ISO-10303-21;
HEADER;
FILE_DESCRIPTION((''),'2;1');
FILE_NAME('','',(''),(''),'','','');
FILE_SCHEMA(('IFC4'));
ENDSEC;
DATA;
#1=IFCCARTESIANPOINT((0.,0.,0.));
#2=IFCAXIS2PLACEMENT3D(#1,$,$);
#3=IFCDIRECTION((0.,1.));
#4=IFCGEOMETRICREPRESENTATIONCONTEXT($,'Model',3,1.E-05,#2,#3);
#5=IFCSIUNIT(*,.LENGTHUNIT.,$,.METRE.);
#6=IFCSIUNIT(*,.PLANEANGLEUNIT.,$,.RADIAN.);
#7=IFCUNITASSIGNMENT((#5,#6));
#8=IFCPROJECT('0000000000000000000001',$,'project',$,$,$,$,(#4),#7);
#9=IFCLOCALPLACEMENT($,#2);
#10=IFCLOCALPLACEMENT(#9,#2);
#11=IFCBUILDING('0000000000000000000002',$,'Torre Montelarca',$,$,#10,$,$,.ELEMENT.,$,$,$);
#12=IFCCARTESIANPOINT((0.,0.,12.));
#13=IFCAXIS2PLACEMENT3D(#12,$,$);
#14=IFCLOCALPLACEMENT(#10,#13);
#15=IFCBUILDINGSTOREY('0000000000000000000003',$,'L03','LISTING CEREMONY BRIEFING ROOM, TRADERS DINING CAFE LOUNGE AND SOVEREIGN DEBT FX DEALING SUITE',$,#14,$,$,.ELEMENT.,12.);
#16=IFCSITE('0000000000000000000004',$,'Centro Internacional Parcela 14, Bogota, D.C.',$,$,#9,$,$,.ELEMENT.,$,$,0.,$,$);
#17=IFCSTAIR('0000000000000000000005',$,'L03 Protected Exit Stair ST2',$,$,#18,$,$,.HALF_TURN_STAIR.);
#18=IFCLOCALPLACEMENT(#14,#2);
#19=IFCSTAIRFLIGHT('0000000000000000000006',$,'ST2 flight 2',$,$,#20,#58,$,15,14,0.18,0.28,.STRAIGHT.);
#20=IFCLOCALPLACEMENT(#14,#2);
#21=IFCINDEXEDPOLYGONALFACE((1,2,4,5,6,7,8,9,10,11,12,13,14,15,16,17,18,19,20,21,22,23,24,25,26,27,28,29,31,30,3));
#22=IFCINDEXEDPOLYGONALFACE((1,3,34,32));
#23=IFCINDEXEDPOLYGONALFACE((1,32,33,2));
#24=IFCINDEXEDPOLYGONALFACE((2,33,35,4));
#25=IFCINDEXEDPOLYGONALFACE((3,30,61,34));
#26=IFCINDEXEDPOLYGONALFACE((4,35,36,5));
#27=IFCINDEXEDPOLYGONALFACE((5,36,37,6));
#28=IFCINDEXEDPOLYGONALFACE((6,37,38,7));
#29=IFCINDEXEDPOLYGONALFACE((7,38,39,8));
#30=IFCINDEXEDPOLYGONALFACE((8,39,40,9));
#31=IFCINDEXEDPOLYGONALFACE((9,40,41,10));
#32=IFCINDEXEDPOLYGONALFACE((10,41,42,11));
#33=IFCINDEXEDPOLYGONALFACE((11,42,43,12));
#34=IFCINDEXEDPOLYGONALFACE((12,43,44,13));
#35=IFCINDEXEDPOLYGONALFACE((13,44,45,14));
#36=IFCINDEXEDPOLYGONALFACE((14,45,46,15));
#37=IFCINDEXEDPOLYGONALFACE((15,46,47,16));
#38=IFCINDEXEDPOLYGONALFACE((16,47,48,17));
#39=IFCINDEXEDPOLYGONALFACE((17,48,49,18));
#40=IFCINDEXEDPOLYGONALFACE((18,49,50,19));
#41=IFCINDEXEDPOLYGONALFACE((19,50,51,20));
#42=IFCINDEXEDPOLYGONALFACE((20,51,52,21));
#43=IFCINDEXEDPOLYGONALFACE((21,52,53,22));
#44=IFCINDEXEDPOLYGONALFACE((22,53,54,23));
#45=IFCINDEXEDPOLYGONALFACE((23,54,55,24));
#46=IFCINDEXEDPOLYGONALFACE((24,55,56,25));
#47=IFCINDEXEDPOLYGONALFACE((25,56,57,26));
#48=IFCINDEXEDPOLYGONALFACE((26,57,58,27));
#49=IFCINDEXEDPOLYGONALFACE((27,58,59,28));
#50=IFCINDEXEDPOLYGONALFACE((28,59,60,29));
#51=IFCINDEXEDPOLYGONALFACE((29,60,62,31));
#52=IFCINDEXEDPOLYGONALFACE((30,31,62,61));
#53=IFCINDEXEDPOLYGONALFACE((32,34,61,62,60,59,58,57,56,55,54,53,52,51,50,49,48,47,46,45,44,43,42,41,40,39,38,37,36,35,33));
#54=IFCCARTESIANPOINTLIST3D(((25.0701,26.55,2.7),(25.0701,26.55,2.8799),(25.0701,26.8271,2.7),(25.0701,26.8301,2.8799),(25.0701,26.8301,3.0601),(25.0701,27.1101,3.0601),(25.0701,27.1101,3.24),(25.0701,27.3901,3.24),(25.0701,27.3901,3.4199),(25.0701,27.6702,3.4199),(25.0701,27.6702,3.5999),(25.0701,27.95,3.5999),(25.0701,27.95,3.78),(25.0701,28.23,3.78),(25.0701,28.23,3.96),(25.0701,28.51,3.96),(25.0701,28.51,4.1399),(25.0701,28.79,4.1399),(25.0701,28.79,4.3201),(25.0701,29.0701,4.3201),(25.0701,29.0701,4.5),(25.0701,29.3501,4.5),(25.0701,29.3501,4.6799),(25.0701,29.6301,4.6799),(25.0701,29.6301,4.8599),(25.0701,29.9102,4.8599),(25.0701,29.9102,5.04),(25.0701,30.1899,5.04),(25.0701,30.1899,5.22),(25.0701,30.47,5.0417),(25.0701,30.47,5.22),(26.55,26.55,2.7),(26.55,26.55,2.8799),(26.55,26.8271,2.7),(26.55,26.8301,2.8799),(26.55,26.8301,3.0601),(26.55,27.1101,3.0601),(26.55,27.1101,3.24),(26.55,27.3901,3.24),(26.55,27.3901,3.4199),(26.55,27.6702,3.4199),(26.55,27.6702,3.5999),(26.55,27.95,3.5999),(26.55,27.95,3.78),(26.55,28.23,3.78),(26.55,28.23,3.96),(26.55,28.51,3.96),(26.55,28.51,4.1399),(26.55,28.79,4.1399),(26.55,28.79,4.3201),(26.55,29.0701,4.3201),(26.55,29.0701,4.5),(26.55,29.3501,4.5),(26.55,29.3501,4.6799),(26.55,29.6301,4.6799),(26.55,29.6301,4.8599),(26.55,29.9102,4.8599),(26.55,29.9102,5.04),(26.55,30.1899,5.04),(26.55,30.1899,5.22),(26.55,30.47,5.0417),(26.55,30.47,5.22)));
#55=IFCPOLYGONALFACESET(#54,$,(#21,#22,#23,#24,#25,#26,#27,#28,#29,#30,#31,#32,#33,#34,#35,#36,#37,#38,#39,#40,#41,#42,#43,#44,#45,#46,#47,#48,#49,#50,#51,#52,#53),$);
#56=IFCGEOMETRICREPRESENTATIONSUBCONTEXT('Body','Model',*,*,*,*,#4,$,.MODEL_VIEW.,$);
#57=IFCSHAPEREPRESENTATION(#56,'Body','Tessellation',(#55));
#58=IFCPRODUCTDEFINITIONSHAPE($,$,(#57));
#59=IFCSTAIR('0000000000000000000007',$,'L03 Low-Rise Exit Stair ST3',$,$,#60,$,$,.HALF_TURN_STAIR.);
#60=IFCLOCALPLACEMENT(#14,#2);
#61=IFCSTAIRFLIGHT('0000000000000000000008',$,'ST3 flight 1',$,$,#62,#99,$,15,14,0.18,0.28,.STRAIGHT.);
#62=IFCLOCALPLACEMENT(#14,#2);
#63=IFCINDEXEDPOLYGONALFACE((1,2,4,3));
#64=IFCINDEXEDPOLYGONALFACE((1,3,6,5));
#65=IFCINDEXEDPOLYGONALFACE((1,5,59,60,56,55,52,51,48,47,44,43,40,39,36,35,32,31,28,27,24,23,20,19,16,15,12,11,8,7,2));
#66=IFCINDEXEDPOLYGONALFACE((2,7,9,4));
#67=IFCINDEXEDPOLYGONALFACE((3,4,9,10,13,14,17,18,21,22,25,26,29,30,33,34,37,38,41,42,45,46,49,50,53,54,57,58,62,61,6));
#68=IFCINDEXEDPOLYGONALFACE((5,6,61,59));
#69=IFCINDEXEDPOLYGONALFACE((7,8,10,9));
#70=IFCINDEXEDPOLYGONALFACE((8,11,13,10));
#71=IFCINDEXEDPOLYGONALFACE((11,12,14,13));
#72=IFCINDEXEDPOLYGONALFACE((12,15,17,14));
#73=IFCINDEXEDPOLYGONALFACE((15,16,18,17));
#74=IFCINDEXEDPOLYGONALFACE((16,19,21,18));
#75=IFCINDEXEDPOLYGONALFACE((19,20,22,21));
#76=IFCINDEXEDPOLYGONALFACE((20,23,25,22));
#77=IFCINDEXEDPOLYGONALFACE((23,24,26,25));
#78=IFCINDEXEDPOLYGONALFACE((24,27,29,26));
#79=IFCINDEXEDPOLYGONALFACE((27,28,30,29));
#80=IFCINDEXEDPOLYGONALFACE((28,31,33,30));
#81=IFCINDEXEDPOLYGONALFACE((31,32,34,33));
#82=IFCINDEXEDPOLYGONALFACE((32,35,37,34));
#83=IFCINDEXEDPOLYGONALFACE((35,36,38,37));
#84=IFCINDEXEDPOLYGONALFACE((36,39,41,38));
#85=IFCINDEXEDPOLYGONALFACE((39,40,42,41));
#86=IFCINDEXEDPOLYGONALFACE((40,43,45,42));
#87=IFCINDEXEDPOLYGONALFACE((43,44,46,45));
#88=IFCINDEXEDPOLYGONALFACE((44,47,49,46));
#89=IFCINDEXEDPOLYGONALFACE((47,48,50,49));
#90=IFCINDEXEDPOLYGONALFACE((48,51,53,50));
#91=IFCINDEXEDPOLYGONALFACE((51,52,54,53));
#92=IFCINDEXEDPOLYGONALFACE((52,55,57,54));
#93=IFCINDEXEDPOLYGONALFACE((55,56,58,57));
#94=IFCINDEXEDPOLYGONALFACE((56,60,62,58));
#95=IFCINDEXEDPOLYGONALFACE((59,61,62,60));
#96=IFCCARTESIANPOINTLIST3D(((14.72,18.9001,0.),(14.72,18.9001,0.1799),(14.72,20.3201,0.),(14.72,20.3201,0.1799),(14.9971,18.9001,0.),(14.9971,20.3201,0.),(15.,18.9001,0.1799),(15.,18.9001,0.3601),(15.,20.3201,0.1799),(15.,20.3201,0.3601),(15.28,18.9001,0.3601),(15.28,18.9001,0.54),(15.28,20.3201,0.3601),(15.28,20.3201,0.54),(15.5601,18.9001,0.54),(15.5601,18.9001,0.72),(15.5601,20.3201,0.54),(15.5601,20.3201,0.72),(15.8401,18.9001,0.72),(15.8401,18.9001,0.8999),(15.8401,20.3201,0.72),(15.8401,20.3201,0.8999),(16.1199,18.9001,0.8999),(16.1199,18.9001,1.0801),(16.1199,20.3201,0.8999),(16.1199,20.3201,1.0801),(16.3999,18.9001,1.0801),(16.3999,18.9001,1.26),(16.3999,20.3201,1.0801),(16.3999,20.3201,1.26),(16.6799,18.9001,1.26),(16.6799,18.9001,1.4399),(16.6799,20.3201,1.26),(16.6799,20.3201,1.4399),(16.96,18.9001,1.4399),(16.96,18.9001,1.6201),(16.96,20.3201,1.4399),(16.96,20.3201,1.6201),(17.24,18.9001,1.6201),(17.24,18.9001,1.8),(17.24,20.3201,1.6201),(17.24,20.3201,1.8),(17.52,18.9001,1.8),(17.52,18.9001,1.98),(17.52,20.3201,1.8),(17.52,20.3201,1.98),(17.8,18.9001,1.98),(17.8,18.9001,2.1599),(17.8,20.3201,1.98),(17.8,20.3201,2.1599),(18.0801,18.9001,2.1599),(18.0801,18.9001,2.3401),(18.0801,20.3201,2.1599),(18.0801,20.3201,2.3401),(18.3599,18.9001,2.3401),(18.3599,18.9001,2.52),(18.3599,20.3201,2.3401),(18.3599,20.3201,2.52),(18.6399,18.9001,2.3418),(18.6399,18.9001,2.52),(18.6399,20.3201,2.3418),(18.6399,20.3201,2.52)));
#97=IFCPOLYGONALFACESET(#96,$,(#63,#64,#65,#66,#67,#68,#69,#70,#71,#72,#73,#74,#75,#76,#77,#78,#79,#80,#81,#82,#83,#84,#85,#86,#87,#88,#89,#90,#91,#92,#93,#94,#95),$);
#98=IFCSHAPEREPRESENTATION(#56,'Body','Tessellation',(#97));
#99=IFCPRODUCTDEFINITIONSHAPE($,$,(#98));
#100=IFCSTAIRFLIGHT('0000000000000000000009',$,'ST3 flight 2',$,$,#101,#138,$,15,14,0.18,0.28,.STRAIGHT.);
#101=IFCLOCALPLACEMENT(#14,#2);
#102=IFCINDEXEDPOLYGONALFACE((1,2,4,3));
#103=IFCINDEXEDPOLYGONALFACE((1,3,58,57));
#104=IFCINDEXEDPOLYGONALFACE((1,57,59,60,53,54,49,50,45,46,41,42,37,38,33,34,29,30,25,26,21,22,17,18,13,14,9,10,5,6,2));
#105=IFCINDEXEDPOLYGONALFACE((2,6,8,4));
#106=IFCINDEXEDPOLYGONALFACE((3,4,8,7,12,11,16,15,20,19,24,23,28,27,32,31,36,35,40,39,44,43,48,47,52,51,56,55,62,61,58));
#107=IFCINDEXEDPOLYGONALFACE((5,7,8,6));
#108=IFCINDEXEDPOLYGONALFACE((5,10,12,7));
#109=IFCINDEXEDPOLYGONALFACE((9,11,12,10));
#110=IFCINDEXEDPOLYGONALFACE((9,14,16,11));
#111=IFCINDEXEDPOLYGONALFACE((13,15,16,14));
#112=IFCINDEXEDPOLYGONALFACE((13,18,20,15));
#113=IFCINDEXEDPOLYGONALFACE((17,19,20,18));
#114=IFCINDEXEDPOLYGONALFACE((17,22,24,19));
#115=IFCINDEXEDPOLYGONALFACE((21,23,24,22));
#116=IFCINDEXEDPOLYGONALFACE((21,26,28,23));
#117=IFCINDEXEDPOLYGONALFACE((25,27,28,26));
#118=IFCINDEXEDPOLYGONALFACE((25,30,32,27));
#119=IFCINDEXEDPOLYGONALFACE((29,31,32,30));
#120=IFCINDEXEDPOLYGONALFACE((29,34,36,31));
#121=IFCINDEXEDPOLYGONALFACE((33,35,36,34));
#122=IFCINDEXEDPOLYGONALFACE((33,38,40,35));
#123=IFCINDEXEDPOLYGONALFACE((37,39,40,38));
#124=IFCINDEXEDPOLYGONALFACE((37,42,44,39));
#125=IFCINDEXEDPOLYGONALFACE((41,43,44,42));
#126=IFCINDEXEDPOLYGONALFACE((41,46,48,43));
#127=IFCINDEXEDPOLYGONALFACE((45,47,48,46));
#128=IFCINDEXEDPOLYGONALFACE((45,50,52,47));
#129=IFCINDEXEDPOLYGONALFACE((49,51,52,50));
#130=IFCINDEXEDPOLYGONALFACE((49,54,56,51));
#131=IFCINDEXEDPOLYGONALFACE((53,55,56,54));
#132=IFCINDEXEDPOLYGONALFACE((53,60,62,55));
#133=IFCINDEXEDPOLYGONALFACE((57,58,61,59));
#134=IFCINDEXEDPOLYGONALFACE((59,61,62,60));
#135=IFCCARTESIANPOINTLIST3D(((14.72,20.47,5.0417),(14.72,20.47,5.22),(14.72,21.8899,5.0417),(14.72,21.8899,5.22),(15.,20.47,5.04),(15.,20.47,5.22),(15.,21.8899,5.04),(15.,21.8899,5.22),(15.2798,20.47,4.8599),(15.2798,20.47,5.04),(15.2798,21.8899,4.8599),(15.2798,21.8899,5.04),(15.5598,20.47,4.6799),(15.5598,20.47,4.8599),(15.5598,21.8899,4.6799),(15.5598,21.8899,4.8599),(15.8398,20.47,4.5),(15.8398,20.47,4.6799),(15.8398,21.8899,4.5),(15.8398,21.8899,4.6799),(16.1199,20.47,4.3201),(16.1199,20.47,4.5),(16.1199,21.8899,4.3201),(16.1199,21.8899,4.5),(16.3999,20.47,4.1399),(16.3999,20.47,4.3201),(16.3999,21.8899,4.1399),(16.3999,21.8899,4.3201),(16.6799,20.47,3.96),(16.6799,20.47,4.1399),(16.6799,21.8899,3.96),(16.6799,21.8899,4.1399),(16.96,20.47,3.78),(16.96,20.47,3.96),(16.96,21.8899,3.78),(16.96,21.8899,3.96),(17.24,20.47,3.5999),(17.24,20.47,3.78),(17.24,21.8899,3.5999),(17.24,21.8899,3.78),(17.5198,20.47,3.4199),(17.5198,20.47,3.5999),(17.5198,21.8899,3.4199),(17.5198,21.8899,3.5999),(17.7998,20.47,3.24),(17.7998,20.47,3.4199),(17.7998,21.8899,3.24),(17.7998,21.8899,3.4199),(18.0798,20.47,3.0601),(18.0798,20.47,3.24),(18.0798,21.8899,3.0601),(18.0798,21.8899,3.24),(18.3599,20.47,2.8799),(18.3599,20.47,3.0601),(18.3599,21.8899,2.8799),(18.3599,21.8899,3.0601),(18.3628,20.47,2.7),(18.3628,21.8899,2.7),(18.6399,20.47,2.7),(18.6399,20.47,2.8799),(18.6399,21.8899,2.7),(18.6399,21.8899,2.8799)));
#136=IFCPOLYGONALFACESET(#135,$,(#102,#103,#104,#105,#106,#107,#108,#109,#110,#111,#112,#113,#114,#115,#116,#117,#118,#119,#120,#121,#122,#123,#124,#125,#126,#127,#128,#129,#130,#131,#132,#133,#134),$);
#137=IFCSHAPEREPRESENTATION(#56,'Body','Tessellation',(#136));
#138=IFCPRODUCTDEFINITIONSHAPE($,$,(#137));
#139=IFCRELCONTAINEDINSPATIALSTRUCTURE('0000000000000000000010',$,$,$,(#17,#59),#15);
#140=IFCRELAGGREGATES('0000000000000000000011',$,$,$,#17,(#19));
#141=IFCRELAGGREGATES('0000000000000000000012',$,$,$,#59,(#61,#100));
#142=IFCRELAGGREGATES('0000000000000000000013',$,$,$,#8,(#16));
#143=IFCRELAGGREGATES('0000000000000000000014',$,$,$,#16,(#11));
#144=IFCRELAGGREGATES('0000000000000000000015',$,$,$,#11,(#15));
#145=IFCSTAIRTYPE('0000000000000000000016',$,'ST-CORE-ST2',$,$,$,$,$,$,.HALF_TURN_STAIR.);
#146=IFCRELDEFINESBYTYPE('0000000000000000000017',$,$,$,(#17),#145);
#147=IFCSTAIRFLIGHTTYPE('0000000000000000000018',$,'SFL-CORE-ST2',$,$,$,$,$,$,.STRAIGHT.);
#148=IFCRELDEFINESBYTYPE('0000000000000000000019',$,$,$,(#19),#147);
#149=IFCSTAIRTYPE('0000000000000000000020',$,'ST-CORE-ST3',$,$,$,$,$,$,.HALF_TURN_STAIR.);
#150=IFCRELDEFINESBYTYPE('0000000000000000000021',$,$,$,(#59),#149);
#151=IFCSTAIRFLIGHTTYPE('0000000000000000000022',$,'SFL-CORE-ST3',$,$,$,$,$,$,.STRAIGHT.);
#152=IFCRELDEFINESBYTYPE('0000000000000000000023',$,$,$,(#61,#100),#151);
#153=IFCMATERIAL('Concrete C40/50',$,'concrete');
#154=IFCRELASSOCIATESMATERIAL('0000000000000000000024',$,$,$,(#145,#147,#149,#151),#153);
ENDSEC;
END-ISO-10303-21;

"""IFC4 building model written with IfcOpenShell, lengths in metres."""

from ifc_helpers import new_model, si_unit, direction, frame, origin, place, context, subcontext, project, spatial, polyline, outline, extrude, material, type_object, element, aggregate, save


model = new_model("IFC4")

# Units and contexts
model_context = context("Model", 3, precision=1e-05, world=origin(), true_north=direction((0.0, 1.0)))
body_context = subcontext(model_context, "Body", "Model", "MODEL_VIEW")
ifc_project = project(units=[si_unit("LENGTHUNIT", "METRE"), si_unit("PLANEANGLEUNIT", "RADIAN")], contexts=[model_context])

# Site, building, storey
site_placement = place(None, origin())
site = spatial("IfcSite", under=ifc_project, at=site_placement, Name="Centro Internacional Parcela 14, Bogota, D.C.", CompositionType="ELEMENT", RefElevation=0.0)
building_placement = place(site_placement, origin())
building = spatial("IfcBuilding", under=site, at=building_placement, Name="Torre Montelarca", CompositionType="ELEMENT")
storey_placement = place(building_placement, frame((0.0, 0.0, 12.0)))
storey = spatial("IfcBuildingStorey", under=building, at=storey_placement, Name="L03", Description="LISTING CEREMONY BRIEFING ROOM, TRADERS DINING CAFE LOUNGE AND SOVEREIGN DEBT FX DEALING SUITE", CompositionType="ELEMENT", Elevation=12.0)

# Shared definitions
ifc_material_1 = material(Name="Concrete C40/50", Category="concrete")

# Stair, stair flight
stair_type_1 = type_object("IfcStairType", Name="ST-CORE-ST2", PredefinedType="HALF_TURN_STAIR", material=ifc_material_1)
stair_1_placement = place(storey_placement, origin())
stair_1 = element("IfcStair", 1, at=stair_1_placement, inside=storey, type_object=stair_type_1, Name="L03 Protected Exit Stair ST2", PredefinedType="HALF_TURN_STAIR")
stair_flight_type_1 = type_object("IfcStairFlightType", Name="SFL-CORE-ST2", PredefinedType="STRAIGHT", material=ifc_material_1)
stair_flight_1_placement = place(storey_placement, frame((25.8101, 26.55, 2.7), z_axis=(0.0, 0.0, 1.0), x_axis=(0.0, 1.0, 0.0)))
stair_flight_1 = element("IfcStairFlight", 2, at=stair_flight_1_placement, type_object=stair_flight_type_1, Name="ST2 flight 2", NumberOfRisers=15, NumberOfTreads=14, PredefinedType="STRAIGHT", RiserHeight=0.18, TreadLength=0.28, context=body_context, shape_type="SweptSolid", body=[
    extrude(outline(polyline([(0.0, 0.0), (0.0, 0.1799), (0.28, 0.1799), (0.28, 0.3601), (0.5601, 0.3601), (0.5601, 0.54), (0.8401, 0.54), (0.8401, 0.72), (1.1201, 0.72), (1.1201, 0.8999), (1.3999, 0.8999), (1.3999, 1.0801), (1.6799, 1.0801), (1.6799, 1.26), (1.96, 1.26), (1.96, 1.4399), (2.24, 1.4399), (2.24, 1.6201), (2.52, 1.6201), (2.52, 1.8), (2.8, 1.8), (2.8, 1.98), (3.0801, 1.98), (3.0801, 2.1599), (3.3601, 2.1599), (3.3601, 2.3401), (3.6399, 2.3401), (3.6399, 2.52), (3.9199, 2.52), (3.9199, 2.7), (3.9199, 2.3418), (0.2771, 0.0), (0.0, 0.0)])), frame((0.0, 0.74, 0.0), z_axis=(0.0, -1.0, 0.0), x_axis=(1.0, 0.0, 0.0)), (0.0, 0.0, 1.0), 1.48),
])
aggregate(stair_1, [stair_flight_1])

# Stair, stair flights
stair_type_2 = type_object("IfcStairType", Name="ST-CORE-ST3", PredefinedType="HALF_TURN_STAIR", material=ifc_material_1)
stair_2_placement = place(storey_placement, origin())
stair_2 = element("IfcStair", 3, at=stair_2_placement, inside=storey, type_object=stair_type_2, Name="L03 Low-Rise Exit Stair ST3", PredefinedType="HALF_TURN_STAIR")
stair_flight_type_2 = type_object("IfcStairFlightType", Name="SFL-CORE-ST3", PredefinedType="STRAIGHT", material=ifc_material_1)
stair_flight_2_placement = place(storey_placement, frame((14.72, 19.6101, 0.0), z_axis=(0.0, 0.0, 1.0), x_axis=(1.0, 0.0, 0.0)))
stair_flight_2 = element("IfcStairFlight", 4, at=stair_flight_2_placement, type_object=stair_flight_type_2, Name="ST3 flight 1", NumberOfRisers=15, NumberOfTreads=14, PredefinedType="STRAIGHT", RiserHeight=0.18, TreadLength=0.28, context=body_context, shape_type="SweptSolid", body=[
    extrude(outline(polyline([(0.0, 0.0), (0.0, 0.1799), (0.28, 0.1799), (0.28, 0.3601), (0.5601, 0.3601), (0.5601, 0.54), (0.8401, 0.54), (0.8401, 0.72), (1.1201, 0.72), (1.1201, 0.8999), (1.3999, 0.8999), (1.3999, 1.0801), (1.6799, 1.0801), (1.6799, 1.26), (1.96, 1.26), (1.96, 1.4399), (2.24, 1.4399), (2.24, 1.6201), (2.52, 1.6201), (2.52, 1.8), (2.8, 1.8), (2.8, 1.98), (3.0801, 1.98), (3.0801, 2.1599), (3.3601, 2.1599), (3.3601, 2.3401), (3.6399, 2.3401), (3.6399, 2.52), (3.9199, 2.52), (3.9199, 2.7), (3.9199, 2.3418), (0.2771, 0.0), (0.0, 0.0)])), frame((0.0, 0.71, 0.0), z_axis=(0.0, -1.0, 0.0), x_axis=(1.0, 0.0, 0.0)), (0.0, 0.0, 1.0), 1.4199),
])
stair_flight_3_placement = place(storey_placement, frame((18.6399, 21.1799, 2.7), z_axis=(0.0, 0.0, 1.0), x_axis=(-1.0, 0.0, 0.0)))
stair_flight_3 = element("IfcStairFlight", 5, at=stair_flight_3_placement, type_object=stair_flight_type_2, Name="ST3 flight 2", NumberOfRisers=15, NumberOfTreads=14, PredefinedType="STRAIGHT", RiserHeight=0.18, TreadLength=0.28, context=body_context, shape_type="SweptSolid", body=[
    extrude(outline(polyline([(0.0, 0.0), (0.0, 0.1799), (0.28, 0.1799), (0.28, 0.3601), (0.5601, 0.3601), (0.5601, 0.54), (0.8401, 0.54), (0.8401, 0.72), (1.1201, 0.72), (1.1201, 0.8999), (1.3999, 0.8999), (1.3999, 1.0801), (1.6799, 1.0801), (1.6799, 1.26), (1.96, 1.26), (1.96, 1.4399), (2.24, 1.4399), (2.24, 1.6201), (2.52, 1.6201), (2.52, 1.8), (2.8, 1.8), (2.8, 1.98), (3.0801, 1.98), (3.0801, 2.1599), (3.3601, 2.1599), (3.3601, 2.3401), (3.6399, 2.3401), (3.6399, 2.52), (3.9199, 2.52), (3.9199, 2.7), (3.9199, 2.3418), (0.2771, 0.0), (0.0, 0.0)])), frame((0.0, 0.71, 0.0), z_axis=(0.0, -1.0, 0.0), x_axis=(1.0, 0.0, 0.0)), (0.0, 0.0, 1.0), 1.4199),
])
aggregate(stair_2, [stair_flight_2, stair_flight_3])

save(model, "model.ifc")
